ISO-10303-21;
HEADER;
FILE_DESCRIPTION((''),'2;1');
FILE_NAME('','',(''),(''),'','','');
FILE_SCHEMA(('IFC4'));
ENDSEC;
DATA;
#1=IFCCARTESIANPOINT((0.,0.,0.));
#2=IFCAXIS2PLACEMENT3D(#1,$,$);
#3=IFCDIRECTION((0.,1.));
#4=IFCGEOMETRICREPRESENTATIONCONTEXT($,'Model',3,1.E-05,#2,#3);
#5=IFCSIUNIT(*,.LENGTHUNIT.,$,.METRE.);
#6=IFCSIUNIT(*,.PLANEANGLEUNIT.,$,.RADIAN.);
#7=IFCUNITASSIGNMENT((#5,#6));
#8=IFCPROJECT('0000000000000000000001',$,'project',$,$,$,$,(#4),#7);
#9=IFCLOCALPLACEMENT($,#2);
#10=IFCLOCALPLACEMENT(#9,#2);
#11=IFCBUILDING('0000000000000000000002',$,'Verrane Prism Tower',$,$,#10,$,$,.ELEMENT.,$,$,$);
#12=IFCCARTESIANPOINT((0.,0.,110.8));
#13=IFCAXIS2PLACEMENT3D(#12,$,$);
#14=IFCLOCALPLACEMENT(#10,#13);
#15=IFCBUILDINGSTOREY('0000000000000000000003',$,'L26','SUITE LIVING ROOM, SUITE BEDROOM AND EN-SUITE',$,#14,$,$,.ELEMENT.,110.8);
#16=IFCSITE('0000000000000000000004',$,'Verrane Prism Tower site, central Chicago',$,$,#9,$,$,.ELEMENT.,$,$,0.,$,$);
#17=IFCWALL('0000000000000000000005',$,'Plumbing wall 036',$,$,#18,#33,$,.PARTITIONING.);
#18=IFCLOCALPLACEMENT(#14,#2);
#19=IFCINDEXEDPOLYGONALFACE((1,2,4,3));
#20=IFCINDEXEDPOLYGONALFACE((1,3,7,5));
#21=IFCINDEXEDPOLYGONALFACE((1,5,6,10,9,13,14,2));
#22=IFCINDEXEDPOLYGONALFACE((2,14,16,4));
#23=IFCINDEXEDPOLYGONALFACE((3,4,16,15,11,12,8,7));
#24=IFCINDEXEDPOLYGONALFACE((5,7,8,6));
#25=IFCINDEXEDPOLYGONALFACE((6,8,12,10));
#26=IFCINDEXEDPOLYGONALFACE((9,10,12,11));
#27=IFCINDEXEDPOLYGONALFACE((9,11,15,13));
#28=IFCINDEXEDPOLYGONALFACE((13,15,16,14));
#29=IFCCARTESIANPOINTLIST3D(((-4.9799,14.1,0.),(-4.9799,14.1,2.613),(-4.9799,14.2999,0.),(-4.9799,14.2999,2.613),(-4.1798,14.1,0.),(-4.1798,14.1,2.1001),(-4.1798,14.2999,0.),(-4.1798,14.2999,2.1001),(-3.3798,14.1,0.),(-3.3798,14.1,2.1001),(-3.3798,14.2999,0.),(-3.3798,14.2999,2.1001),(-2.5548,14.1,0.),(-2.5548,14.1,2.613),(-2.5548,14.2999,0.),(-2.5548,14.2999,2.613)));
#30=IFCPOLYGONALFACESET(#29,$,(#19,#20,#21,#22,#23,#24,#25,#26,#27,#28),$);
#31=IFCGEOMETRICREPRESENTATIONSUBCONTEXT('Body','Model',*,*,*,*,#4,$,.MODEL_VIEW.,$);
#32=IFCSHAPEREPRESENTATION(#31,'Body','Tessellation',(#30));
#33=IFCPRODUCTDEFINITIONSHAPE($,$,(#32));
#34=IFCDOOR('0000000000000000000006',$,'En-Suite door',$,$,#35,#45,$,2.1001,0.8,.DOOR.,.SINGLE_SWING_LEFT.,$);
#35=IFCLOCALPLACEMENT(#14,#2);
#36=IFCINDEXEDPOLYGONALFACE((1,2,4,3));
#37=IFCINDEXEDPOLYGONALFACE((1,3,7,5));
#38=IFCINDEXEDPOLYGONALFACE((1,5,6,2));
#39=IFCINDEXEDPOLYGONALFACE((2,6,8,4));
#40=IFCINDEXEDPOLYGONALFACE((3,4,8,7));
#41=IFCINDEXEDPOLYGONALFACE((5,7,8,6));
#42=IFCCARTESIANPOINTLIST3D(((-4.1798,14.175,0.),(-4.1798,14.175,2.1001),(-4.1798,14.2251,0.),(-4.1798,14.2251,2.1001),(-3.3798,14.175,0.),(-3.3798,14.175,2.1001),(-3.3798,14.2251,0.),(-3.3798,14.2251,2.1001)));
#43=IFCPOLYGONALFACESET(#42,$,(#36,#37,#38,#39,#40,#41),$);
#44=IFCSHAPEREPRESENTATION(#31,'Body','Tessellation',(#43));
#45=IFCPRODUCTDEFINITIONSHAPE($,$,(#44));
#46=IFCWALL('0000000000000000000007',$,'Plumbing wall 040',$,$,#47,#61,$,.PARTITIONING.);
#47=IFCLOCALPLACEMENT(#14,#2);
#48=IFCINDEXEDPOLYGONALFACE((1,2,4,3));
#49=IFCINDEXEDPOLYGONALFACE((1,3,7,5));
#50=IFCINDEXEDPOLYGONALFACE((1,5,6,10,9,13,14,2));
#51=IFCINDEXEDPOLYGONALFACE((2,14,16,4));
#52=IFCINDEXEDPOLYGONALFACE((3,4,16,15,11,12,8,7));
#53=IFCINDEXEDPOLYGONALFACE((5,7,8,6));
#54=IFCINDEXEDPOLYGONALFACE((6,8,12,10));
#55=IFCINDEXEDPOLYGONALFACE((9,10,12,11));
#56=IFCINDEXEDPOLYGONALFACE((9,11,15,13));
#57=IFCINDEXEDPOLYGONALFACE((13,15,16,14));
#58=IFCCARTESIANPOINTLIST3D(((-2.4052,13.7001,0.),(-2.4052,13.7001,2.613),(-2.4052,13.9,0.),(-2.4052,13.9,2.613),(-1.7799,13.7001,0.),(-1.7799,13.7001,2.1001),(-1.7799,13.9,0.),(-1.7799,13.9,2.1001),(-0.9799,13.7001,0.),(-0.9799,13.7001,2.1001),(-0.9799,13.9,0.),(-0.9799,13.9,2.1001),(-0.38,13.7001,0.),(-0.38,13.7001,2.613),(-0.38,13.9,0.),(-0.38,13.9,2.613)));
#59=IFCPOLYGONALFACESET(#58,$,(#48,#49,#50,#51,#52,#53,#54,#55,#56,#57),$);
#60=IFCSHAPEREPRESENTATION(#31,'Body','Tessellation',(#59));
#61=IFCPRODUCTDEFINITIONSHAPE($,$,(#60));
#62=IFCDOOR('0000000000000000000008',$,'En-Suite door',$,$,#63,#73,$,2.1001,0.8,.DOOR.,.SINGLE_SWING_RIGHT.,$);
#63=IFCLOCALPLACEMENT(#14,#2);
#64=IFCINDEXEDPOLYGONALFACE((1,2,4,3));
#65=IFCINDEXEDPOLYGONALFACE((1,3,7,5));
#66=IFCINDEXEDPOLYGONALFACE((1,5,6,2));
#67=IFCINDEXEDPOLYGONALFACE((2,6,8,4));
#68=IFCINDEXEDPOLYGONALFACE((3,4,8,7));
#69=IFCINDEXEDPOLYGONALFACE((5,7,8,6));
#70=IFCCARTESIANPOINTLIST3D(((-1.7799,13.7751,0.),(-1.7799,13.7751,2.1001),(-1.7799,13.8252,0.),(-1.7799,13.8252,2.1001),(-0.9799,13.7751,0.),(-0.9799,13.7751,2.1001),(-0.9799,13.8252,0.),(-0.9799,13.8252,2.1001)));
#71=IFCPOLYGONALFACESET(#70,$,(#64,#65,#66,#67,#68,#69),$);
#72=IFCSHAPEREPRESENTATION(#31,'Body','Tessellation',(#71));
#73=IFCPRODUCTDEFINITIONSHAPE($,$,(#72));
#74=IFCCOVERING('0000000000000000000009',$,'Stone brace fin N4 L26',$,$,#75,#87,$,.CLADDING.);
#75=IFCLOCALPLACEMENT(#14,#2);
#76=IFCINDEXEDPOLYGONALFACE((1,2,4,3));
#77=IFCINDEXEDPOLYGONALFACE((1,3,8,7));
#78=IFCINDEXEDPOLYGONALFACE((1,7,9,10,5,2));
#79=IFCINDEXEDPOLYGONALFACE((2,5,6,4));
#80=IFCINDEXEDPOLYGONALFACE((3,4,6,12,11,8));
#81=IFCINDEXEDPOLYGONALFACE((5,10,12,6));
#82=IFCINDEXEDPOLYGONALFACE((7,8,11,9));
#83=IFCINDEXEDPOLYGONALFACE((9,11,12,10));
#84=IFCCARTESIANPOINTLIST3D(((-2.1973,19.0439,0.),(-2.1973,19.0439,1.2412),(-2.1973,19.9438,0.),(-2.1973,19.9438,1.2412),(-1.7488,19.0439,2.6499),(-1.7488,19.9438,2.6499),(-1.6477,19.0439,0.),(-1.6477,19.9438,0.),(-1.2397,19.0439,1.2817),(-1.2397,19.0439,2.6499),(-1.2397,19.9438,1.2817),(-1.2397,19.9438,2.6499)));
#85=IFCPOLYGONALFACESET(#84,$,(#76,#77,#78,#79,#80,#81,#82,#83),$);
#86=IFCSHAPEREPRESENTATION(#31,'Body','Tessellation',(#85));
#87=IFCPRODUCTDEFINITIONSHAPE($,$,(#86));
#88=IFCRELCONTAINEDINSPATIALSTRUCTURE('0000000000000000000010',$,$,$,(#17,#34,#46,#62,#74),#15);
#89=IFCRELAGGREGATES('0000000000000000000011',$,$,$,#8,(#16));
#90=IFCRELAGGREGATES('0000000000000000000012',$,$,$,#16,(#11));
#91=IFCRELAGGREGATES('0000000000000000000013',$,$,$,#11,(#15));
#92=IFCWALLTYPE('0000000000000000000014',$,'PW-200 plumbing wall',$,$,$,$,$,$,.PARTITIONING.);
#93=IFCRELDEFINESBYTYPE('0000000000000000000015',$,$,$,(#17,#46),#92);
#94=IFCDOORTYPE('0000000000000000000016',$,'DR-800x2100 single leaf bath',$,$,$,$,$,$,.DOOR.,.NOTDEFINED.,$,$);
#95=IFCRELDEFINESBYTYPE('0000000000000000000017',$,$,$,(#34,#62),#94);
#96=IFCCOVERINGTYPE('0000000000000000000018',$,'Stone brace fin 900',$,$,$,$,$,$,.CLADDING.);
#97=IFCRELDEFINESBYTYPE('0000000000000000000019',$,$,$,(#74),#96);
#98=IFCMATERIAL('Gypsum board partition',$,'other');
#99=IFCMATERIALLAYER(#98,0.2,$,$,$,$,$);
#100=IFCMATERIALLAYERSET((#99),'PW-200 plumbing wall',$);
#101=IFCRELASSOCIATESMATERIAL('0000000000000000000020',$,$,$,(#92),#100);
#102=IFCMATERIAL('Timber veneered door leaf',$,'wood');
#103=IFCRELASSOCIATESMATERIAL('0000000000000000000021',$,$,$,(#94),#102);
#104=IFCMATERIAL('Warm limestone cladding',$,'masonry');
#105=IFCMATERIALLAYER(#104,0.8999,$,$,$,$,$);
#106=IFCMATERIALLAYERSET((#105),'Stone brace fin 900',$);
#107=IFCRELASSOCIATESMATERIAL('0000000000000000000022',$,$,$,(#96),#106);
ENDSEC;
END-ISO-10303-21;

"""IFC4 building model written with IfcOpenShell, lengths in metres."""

from ifc_helpers import new_model, si_unit, direction, frame, frame_2d, origin, place, context, subcontext, project, spatial, polyline, rectangle, outline, extrude, material, layer, layer_set, type_object, element, fill, save


model = new_model("IFC4")

# Units and contexts
model_context = context("Model", 3, precision=1e-05, world=origin(), true_north=direction((0.0, 1.0)))
body_context = subcontext(model_context, "Body", "Model", "MODEL_VIEW")
ifc_project = project(units=[si_unit("LENGTHUNIT", "METRE"), si_unit("PLANEANGLEUNIT", "RADIAN")], contexts=[model_context])

# Site, building, storey
site_placement = place(None, origin())
site = spatial("IfcSite", under=ifc_project, at=site_placement, Name="Verrane Prism Tower site, central Chicago", CompositionType="ELEMENT", RefElevation=0.0)
building_placement = place(site_placement, origin())
building = spatial("IfcBuilding", under=site, at=building_placement, Name="Verrane Prism Tower", CompositionType="ELEMENT")
storey_placement = place(building_placement, frame((0.0, 0.0, 110.8)))
storey = spatial("IfcBuildingStorey", under=building, at=storey_placement, Name="L26", Description="SUITE LIVING ROOM, SUITE BEDROOM AND EN-SUITE", CompositionType="ELEMENT", Elevation=110.8)

# Walls, openings, doors
ifc_material_1 = material(Name="Gypsum board partition", Category="other")
ifc_layer_1 = layer(ifc_material_1, 0.2)
ifc_layer_set_1 = layer_set([ifc_layer_1], Name="PW-200 plumbing wall")
wall_type_1 = type_object("IfcWallType", Name="PW-200 plumbing wall", PredefinedType="PARTITIONING", material=ifc_layer_set_1)
wall_1_placement = place(storey_placement, frame((-2.5549, 14.2, 0.0), z_axis=(0.0, 0.0, 1.0), x_axis=(-1.0, 0.0, 0.0)))
wall_1 = element("IfcWall", 1, at=wall_1_placement, inside=storey, type_object=wall_type_1, Name="Plumbing wall 036", PredefinedType="PARTITIONING", context=body_context, shape_type="SweptSolid", body=[
    extrude(rectangle(XDim=2.425, YDim=0.2, at=frame_2d((1.2124, 0.0))), origin(), (0.0, 0.0, 1.0), 2.613),
])
opening_1_placement = place(wall_1_placement, frame((0.825, 0.0, 0.0)))
opening_1 = element("IfcOpeningElement", 2, at=opening_1_placement, cuts=wall_1, PredefinedType="OPENING", context=body_context, shape_type="SweptSolid", body=[
    extrude(rectangle(XDim=0.8, YDim=2.1001, at=frame_2d((0.3999, 1.05))), frame((0.0, 0.1099, 0.0), z_axis=(0.0, -1.0, 0.0), x_axis=(1.0, 0.0, 0.0)), (0.0, 0.0, 1.0), 0.22),
])
ifc_material_2 = material(Name="Timber veneered door leaf", Category="wood")
door_type_1 = type_object("IfcDoorType", Name="DR-800x2100 single leaf bath", OperationType="NOTDEFINED", PredefinedType="DOOR", material=ifc_material_2)
door_1_placement = place(opening_1_placement, origin())
door_1 = element("IfcDoor", 3, at=door_1_placement, inside=storey, type_object=door_type_1, Name="En-Suite door", OperationType="SINGLE_SWING_LEFT", OverallHeight=2.1001, OverallWidth=0.8, PredefinedType="DOOR", context=body_context, shape_type="SweptSolid", body=[
    extrude(rectangle(XDim=0.8, YDim=2.1001, at=frame_2d((0.3999, 1.05))), frame((0.0, 0.0249, 0.0), z_axis=(0.0, -1.0, 0.0), x_axis=(1.0, 0.0, 0.0)), (0.0, 0.0, 1.0), 0.05),
])
fill(opening_1, door_1)
wall_2_placement = place(storey_placement, frame((-0.3799, 13.8, 0.0), z_axis=(0.0, 0.0, 1.0), x_axis=(-1.0, 0.0, 0.0)))
wall_2 = element("IfcWall", 4, at=wall_2_placement, inside=storey, type_object=wall_type_1, Name="Plumbing wall 040", PredefinedType="PARTITIONING", context=body_context, shape_type="SweptSolid", body=[
    extrude(rectangle(XDim=2.0251, YDim=0.2, at=frame_2d((1.0127, 0.0))), origin(), (0.0, 0.0, 1.0), 2.613),
])
opening_2_placement = place(wall_2_placement, frame((0.6001, 0.0, 0.0)))
opening_2 = element("IfcOpeningElement", 5, at=opening_2_placement, cuts=wall_2, PredefinedType="OPENING", context=body_context, shape_type="SweptSolid", body=[
    extrude(rectangle(XDim=0.8, YDim=2.1001, at=frame_2d((0.3999, 1.05))), frame((0.0, 0.1099, 0.0), z_axis=(0.0, -1.0, 0.0), x_axis=(1.0, 0.0, 0.0)), (0.0, 0.0, 1.0), 0.22),
])
door_2_placement = place(opening_2_placement, origin())
door_2 = element("IfcDoor", 6, at=door_2_placement, inside=storey, type_object=door_type_1, Name="En-Suite door", OperationType="SINGLE_SWING_RIGHT", OverallHeight=2.1001, OverallWidth=0.8, PredefinedType="DOOR", context=body_context, shape_type="SweptSolid", body=[
    extrude(rectangle(XDim=0.8, YDim=2.1001, at=frame_2d((0.3999, 1.05))), frame((0.0, 0.0249, 0.0), z_axis=(0.0, -1.0, 0.0), x_axis=(1.0, 0.0, 0.0)), (0.0, 0.0, 1.0), 0.05),
])
fill(opening_2, door_2)

# Covering
ifc_material_3 = material(Name="Warm limestone cladding", Category="masonry")
ifc_layer_2 = layer(ifc_material_3, 0.8999)
ifc_layer_set_2 = layer_set([ifc_layer_2], Name="Stone brace fin 900")
covering_type = type_object("IfcCoveringType", Name="Stone brace fin 900", PredefinedType="CLADDING", material=ifc_layer_set_2)
covering_placement = place(storey_placement, frame((-2.1973, 19.4939, 0.0), z_axis=(0.0, 0.0, 1.0), x_axis=(1.0, 0.0, 0.0)))
element("IfcCovering", 7, at=covering_placement, inside=storey, type_object=covering_type, Name="Stone brace fin N4 L26", PredefinedType="CLADDING", context=body_context, shape_type="SweptSolid", body=[
    extrude(outline(polyline([(0.9575, 2.6499), (0.4485, 2.6499), (0.0, 1.2412), (0.0, 0.0), (0.5496, 0.0), (0.9575, 1.2817), (0.9575, 2.6499)])), frame((0.0, 0.45, 0.0), z_axis=(0.0, -1.0, 0.0), x_axis=(1.0, 0.0, 0.0)), (0.0, 0.0, 1.0), 0.8999),
])

save(model, "model.ifc")
